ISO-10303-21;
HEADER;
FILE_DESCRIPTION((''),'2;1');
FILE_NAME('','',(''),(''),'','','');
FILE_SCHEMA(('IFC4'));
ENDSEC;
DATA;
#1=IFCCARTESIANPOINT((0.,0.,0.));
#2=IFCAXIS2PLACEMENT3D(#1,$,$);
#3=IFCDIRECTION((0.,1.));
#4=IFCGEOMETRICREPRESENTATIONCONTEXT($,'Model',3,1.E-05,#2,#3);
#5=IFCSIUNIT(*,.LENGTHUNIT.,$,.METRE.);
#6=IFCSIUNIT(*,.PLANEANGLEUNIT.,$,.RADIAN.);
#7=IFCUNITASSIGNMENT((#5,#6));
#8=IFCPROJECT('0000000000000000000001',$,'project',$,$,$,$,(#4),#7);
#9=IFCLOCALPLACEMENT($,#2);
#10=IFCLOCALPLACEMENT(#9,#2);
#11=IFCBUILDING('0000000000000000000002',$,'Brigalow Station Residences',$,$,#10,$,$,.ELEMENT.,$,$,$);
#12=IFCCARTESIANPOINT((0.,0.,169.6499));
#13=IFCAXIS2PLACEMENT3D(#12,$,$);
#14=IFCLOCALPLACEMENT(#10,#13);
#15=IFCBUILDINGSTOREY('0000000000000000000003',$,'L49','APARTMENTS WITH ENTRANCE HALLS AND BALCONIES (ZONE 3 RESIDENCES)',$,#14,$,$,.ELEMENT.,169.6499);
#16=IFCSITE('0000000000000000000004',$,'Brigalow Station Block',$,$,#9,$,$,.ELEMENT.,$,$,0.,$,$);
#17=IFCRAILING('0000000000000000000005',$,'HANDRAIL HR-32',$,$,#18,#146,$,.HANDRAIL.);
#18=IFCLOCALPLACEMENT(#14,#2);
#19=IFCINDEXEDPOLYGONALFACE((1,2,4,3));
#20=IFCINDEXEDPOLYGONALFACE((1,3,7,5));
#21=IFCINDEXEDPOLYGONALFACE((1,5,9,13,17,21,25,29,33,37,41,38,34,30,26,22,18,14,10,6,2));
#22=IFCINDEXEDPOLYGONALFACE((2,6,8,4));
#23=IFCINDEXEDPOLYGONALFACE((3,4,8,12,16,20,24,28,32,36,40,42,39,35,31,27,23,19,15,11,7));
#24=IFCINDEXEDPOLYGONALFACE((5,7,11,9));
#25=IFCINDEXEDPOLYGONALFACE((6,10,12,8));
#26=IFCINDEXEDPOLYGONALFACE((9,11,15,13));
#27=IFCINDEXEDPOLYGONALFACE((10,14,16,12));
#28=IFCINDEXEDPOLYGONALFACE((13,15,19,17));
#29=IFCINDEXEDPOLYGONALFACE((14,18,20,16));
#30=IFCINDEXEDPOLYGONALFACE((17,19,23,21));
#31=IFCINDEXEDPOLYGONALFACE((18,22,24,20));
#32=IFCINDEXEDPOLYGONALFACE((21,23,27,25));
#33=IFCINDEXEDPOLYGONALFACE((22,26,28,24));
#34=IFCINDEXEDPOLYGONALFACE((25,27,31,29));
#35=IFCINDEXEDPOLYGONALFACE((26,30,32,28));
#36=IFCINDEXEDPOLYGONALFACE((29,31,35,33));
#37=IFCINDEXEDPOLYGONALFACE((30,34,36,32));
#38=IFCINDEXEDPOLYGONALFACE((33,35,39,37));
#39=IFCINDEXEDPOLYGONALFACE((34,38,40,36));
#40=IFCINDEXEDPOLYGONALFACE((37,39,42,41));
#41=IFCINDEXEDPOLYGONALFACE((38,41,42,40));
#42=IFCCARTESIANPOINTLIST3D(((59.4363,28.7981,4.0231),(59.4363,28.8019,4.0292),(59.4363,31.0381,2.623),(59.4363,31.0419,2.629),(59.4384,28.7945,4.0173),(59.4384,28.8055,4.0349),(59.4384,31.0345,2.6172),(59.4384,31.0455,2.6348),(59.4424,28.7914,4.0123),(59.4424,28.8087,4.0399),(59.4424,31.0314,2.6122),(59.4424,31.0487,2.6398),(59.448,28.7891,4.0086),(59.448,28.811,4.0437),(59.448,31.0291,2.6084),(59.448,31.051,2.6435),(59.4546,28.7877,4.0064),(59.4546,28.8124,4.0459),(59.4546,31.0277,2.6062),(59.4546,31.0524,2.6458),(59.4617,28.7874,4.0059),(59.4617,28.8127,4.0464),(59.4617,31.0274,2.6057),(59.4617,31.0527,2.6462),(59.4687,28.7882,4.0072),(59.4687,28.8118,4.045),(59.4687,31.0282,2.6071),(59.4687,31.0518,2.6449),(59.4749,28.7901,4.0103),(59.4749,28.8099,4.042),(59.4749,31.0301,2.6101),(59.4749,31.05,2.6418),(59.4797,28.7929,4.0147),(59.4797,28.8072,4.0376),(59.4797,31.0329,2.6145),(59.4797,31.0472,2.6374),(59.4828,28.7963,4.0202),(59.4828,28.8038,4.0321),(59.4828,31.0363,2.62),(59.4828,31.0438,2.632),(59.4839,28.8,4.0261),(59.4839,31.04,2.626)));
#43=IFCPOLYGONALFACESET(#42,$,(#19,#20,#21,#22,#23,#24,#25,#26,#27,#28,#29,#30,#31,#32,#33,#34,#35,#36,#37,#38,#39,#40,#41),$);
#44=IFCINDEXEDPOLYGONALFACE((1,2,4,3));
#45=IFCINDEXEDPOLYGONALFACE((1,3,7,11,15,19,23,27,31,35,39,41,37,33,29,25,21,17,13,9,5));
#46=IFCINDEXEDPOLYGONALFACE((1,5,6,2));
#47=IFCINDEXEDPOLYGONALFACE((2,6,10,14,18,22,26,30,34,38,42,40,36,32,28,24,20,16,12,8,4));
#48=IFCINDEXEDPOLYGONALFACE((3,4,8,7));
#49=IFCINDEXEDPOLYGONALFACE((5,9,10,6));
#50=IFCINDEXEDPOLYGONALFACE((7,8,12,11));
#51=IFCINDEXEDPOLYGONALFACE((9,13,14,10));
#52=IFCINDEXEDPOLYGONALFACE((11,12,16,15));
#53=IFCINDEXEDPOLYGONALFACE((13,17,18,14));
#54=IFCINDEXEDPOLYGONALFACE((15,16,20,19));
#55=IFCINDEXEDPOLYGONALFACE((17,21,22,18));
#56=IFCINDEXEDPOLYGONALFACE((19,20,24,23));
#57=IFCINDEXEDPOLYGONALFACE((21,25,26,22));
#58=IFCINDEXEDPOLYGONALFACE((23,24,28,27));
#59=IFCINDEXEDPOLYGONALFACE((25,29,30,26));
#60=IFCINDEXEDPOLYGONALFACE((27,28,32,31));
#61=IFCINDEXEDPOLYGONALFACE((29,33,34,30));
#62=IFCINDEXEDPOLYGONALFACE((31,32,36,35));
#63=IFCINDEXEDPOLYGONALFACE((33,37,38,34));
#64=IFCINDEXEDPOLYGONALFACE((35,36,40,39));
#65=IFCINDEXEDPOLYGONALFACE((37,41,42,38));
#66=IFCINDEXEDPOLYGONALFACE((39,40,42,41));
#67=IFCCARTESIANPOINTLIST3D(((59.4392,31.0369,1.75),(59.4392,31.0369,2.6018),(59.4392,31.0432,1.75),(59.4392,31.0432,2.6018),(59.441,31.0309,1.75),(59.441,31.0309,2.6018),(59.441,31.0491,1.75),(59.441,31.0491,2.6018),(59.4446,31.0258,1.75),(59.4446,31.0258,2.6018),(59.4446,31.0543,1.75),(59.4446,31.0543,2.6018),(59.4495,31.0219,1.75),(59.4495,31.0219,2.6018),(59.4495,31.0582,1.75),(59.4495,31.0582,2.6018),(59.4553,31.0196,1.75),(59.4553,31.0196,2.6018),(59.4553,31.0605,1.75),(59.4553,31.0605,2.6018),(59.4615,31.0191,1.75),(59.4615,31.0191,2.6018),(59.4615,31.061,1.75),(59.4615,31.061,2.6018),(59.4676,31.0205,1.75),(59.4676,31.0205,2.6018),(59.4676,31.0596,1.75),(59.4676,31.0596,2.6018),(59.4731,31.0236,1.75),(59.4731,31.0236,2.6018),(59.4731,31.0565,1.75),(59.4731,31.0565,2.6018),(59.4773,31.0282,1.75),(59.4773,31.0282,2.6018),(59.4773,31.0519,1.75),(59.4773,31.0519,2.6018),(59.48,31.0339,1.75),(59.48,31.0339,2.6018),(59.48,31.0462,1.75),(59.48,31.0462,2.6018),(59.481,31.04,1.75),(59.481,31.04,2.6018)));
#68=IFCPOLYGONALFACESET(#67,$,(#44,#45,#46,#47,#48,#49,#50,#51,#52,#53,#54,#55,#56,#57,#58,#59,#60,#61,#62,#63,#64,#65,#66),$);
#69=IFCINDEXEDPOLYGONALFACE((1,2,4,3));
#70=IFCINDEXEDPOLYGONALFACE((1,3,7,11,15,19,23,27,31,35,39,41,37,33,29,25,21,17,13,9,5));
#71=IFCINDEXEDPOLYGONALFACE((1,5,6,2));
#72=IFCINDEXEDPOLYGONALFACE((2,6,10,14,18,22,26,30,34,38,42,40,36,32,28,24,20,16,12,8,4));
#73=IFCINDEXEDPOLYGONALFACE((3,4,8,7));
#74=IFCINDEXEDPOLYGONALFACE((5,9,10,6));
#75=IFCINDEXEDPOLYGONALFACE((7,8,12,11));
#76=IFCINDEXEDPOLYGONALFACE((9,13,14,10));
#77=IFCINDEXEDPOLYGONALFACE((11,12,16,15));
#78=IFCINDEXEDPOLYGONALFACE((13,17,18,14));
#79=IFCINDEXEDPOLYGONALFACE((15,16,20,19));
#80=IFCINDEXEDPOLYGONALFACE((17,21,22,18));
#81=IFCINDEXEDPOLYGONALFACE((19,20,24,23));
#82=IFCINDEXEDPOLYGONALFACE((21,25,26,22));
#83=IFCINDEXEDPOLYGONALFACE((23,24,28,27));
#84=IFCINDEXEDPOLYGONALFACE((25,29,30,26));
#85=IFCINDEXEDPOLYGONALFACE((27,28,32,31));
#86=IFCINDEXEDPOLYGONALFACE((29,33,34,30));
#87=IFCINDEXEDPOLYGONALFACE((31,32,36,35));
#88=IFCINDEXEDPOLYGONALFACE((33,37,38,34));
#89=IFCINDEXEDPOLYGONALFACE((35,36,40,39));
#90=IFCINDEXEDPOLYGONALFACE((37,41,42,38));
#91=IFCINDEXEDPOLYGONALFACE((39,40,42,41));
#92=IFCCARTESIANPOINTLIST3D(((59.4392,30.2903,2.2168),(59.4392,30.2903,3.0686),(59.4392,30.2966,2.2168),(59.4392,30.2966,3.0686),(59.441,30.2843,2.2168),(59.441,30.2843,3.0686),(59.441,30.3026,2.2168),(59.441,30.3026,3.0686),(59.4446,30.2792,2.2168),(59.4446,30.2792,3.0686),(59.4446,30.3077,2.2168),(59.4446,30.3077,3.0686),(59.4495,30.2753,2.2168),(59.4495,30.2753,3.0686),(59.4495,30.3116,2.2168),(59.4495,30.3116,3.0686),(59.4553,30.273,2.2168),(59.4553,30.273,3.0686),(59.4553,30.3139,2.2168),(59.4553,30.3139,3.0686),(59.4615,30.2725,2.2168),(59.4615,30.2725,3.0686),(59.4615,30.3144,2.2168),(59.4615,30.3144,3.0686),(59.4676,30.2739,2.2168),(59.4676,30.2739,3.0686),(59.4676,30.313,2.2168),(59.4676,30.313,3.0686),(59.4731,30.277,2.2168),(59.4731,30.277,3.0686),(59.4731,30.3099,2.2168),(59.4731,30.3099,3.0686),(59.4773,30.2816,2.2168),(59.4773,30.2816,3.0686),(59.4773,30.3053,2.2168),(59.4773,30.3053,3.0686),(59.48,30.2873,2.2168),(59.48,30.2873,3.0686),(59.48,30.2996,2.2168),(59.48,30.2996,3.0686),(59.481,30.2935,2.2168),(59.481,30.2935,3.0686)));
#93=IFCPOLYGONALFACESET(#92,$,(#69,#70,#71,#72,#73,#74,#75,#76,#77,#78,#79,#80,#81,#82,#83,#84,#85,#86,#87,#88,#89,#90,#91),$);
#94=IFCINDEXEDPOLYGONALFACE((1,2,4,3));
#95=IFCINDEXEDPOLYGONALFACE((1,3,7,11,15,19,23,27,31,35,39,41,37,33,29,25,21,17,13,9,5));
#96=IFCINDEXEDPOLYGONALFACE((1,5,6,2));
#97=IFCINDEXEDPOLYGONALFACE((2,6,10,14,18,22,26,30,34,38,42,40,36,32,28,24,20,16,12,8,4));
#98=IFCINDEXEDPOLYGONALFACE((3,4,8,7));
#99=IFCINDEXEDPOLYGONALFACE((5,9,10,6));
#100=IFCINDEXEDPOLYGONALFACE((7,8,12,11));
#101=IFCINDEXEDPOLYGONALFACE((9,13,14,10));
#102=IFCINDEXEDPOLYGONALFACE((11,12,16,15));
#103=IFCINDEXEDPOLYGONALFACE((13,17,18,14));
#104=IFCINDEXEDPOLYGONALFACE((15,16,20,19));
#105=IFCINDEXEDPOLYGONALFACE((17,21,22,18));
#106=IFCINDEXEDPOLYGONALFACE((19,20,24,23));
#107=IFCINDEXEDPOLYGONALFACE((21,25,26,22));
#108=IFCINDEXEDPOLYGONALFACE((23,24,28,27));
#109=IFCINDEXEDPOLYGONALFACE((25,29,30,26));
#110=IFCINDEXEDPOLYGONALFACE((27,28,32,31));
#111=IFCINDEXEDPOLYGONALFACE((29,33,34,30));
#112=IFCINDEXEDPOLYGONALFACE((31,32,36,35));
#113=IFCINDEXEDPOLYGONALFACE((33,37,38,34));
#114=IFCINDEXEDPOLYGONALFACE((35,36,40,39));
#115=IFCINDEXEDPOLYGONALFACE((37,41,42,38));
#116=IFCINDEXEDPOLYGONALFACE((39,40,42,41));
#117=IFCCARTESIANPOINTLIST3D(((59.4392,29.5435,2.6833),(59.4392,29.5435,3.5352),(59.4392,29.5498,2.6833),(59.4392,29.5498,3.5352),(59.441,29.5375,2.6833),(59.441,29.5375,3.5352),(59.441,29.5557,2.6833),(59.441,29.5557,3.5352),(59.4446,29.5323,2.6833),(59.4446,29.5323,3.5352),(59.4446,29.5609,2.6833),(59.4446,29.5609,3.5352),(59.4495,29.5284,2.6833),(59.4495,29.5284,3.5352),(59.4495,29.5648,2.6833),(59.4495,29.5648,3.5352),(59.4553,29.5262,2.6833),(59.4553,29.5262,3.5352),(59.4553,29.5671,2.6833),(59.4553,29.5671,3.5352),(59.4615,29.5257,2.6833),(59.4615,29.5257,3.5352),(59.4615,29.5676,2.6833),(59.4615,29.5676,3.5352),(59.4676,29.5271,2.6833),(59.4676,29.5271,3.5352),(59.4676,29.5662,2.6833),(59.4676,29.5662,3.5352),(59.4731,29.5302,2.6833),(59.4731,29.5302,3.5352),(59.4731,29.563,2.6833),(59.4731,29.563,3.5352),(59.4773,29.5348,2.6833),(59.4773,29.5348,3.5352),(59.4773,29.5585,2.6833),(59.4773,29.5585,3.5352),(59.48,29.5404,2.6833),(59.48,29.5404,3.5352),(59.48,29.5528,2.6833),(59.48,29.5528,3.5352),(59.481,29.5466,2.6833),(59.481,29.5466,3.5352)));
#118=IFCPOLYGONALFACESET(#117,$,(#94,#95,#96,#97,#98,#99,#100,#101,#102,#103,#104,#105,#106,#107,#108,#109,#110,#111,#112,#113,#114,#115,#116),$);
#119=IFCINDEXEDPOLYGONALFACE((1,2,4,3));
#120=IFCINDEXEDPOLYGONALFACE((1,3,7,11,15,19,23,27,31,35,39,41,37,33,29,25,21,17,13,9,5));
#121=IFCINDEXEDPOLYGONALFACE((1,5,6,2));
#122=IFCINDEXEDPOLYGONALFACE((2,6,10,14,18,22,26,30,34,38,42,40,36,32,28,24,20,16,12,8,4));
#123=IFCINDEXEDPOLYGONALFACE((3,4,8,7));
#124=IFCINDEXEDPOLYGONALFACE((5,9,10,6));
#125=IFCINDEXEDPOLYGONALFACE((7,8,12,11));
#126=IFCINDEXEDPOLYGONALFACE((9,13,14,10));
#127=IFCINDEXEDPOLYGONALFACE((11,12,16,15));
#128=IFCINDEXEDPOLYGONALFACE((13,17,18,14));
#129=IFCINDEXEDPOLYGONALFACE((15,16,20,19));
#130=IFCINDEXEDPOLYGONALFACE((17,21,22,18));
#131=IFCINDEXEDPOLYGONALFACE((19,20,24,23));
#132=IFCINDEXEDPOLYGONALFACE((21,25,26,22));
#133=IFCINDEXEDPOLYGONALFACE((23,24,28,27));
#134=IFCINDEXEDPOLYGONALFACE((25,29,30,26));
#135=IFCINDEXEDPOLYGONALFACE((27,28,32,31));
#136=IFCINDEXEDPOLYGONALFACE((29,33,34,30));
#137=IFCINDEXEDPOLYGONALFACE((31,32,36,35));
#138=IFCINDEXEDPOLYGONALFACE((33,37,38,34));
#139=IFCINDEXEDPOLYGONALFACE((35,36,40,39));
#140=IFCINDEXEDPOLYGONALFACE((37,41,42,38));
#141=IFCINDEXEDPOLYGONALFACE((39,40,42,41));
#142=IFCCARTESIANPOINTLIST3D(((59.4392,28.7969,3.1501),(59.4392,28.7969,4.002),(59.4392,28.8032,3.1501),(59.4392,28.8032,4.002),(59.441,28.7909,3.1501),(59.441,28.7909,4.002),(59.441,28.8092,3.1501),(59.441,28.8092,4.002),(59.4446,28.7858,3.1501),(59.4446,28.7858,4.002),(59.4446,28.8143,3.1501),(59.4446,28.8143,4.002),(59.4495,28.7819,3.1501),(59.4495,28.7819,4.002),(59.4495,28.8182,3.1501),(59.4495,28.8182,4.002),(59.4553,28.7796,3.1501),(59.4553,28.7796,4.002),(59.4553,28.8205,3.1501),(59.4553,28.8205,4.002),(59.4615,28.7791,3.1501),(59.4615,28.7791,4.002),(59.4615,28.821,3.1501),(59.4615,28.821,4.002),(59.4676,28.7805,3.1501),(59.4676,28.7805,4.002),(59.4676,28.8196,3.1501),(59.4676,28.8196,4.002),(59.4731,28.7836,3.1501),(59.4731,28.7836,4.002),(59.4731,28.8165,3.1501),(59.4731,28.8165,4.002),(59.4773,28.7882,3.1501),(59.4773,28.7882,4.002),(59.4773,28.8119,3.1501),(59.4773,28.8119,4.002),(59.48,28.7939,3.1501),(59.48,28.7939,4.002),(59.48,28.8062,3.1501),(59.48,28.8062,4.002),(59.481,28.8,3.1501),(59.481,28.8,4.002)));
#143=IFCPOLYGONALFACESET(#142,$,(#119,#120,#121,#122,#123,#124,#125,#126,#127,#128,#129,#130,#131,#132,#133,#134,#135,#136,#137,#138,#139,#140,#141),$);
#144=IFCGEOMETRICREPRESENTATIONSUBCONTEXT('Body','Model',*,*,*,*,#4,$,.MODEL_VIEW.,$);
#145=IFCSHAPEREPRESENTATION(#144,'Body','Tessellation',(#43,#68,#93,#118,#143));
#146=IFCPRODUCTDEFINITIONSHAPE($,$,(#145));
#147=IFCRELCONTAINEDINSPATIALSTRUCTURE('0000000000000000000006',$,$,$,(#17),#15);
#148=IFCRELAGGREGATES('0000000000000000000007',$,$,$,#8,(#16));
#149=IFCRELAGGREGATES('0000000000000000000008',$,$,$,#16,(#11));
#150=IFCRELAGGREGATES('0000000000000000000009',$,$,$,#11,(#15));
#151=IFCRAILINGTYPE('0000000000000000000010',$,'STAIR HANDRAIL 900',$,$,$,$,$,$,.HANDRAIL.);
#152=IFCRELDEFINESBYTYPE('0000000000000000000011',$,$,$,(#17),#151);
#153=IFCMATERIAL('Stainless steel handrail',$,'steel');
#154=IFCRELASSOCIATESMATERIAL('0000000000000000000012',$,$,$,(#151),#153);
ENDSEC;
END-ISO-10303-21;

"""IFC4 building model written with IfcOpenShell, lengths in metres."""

from ifc_helpers import new_model, si_unit, direction, frame, origin, origin_2d, place, context, subcontext, project, spatial, circle, extrude, material, type_object, element, save


model = new_model("IFC4")

# Units and contexts
model_context = context("Model", 3, precision=1e-05, world=origin(), true_north=direction((0.0, 1.0)))
body_context = subcontext(model_context, "Body", "Model", "MODEL_VIEW")
ifc_project = project(units=[si_unit("LENGTHUNIT", "METRE"), si_unit("PLANEANGLEUNIT", "RADIAN")], contexts=[model_context])

# Site, building, storey
site_placement = place(None, origin())
site = spatial("IfcSite", under=ifc_project, at=site_placement, Name="Brigalow Station Block", CompositionType="ELEMENT", RefElevation=0.0)
building_placement = place(site_placement, origin())
building = spatial("IfcBuilding", under=site, at=building_placement, Name="Brigalow Station Residences", CompositionType="ELEMENT")
storey_placement = place(building_placement, frame((0.0, 0.0, 169.6499)))
storey = spatial("IfcBuildingStorey", under=building, at=storey_placement, Name="L49", Description="APARTMENTS WITH ENTRANCE HALLS AND BALCONIES (ZONE 3 RESIDENCES)", CompositionType="ELEMENT", Elevation=169.6499)

# Railing
ifc_material_1 = material(Name="Stainless steel handrail", Category="steel")
railing_type_1 = type_object("IfcRailingType", Name="STAIR HANDRAIL 900", PredefinedType="HANDRAIL", material=ifc_material_1)
railing_1_placement = place(storey_placement, frame((59.46, 31.04, 1.75)))
element("IfcRailing", 1, at=railing_1_placement, inside=storey, type_object=railing_type_1, Name="HANDRAIL HR-32", PredefinedType="HANDRAIL", context=body_context, shape_type="SweptSolid", body=[
    extrude(circle(Radius=0.0239, at=origin_2d()), frame((0.0, 0.0, 0.876), z_axis=(0.0, -0.847972, 0.53004), x_axis=(1.0, 0.0, 0.0)), (0.0, 0.0, 1.0), 2.6416),
    extrude(circle(Radius=0.021, at=origin_2d()), origin(), (0.0, 0.0, 1.0), 0.8518),
    extrude(circle(Radius=0.021, at=origin_2d()), frame((0.0, -0.7466, 0.4668)), (0.0, 0.0, 1.0), 0.8518),
    extrude(circle(Radius=0.021, at=origin_2d()), frame((0.0, -1.4934, 0.9333)), (0.0, 0.0, 1.0), 0.8518),
    extrude(circle(Radius=0.021, at=origin_2d()), frame((0.0, -2.24, 1.4001)), (0.0, 0.0, 1.0), 0.8518),
])

save(model, "model.ifc")
